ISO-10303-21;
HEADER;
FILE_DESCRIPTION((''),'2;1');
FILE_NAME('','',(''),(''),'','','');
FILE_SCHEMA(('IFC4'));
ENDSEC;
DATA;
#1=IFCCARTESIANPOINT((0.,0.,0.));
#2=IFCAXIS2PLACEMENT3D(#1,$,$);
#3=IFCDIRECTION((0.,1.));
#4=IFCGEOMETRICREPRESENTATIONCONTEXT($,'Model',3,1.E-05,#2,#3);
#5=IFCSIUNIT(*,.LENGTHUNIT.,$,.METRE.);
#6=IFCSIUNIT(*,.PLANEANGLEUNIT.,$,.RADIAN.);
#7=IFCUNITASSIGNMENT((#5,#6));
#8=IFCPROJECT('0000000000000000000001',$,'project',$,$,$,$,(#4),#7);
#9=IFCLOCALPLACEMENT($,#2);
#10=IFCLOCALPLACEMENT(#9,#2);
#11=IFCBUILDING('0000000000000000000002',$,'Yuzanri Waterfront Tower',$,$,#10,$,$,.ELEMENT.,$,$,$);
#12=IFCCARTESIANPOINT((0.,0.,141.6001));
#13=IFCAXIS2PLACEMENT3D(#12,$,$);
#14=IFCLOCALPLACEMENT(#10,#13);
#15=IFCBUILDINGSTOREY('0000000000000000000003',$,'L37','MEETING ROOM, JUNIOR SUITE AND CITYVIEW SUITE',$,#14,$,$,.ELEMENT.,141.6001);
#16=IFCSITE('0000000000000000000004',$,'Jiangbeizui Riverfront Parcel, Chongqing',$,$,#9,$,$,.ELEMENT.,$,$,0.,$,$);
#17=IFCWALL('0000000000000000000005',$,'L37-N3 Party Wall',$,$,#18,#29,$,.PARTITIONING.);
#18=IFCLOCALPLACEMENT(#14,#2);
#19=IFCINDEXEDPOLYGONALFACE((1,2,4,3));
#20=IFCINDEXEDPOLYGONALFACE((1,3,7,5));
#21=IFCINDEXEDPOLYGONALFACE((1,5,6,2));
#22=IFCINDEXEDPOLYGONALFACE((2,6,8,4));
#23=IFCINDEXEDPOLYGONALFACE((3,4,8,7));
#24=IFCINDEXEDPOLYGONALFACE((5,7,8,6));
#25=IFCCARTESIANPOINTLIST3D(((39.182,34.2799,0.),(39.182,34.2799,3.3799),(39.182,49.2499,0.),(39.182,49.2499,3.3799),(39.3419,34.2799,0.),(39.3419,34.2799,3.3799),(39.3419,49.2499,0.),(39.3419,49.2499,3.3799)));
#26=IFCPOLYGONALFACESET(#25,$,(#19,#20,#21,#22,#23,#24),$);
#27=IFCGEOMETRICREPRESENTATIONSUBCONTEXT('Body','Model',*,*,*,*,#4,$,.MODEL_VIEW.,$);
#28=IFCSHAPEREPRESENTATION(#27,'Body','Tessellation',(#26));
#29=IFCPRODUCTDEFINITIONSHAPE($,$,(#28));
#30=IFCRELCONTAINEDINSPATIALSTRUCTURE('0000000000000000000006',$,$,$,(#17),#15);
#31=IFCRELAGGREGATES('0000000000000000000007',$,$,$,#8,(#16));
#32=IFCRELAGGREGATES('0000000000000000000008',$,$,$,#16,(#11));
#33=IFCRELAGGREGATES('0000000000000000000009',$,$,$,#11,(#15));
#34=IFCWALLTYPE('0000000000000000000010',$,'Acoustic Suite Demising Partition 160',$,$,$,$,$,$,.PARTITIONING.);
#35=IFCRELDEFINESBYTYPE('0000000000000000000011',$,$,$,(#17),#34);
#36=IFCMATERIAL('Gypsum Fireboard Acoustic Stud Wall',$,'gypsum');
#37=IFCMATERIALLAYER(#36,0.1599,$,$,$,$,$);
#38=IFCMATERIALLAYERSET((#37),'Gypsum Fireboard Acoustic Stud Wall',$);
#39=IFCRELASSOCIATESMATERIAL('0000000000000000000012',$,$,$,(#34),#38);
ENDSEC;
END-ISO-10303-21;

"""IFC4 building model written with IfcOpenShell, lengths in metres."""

from ifc_helpers import new_model, si_unit, direction, frame, frame_2d, origin, place, context, subcontext, project, spatial, rectangle, extrude, source, transform, mapped, material, layer, layer_set, type_object, element, save


model = new_model("IFC4")

# Units and contexts
model_context = context("Model", 3, precision=1e-05, world=origin(), true_north=direction((0.0, 1.0)))
body_context = subcontext(model_context, "Body", "Model", "MODEL_VIEW")
ifc_project = project(units=[si_unit("LENGTHUNIT", "METRE"), si_unit("PLANEANGLEUNIT", "RADIAN")], contexts=[model_context])

# Site, building, storey
site_placement = place(None, origin())
site = spatial("IfcSite", under=ifc_project, at=site_placement, Name="Jiangbeizui Riverfront Parcel, Chongqing", CompositionType="ELEMENT", RefElevation=0.0)
building_placement = place(site_placement, origin())
building = spatial("IfcBuilding", under=site, at=building_placement, Name="Yuzanri Waterfront Tower", CompositionType="ELEMENT")
storey_placement = place(building_placement, frame((0.0, 0.0, 141.6001)))
storey = spatial("IfcBuildingStorey", under=building, at=storey_placement, Name="L37", Description="MEETING ROOM, JUNIOR SUITE AND CITYVIEW SUITE", CompositionType="ELEMENT", Elevation=141.6001)

# Wall
ifc_material_1 = material(Name="Gypsum Fireboard Acoustic Stud Wall", Category="gypsum")
ifc_layer_1 = layer(ifc_material_1, 0.1599)
ifc_layer_set_1 = layer_set([ifc_layer_1], Name="Gypsum Fireboard Acoustic Stud Wall")
wall_type_1 = type_object("IfcWallType", Name="Acoustic Suite Demising Partition 160", PredefinedType="PARTITIONING", material=ifc_layer_set_1)
shared_shape_1 = source(origin(), body_context, "Body", "SweptSolid", [
    extrude(rectangle(XDim=14.97, YDim=0.1599, at=frame_2d((7.4849, 0.0))), origin(), (0.0, 0.0, 1.0), 3.3799),
])
wall_1_placement = place(storey_placement, frame((39.262, 34.28, 0.0), z_axis=(0.0, 0.0, 1.0), x_axis=(0.0, 1.0, 0.0)))
element("IfcWall", 1, at=wall_1_placement, inside=storey, type_object=wall_type_1, Name="L37-N3 Party Wall", PredefinedType="PARTITIONING", context=body_context, shape_type="MappedRepresentation", body=[
    mapped(shared_shape_1, transform((0.0, 0.0, 0.0), scale=1.0)),
])

save(model, "model.ifc")
